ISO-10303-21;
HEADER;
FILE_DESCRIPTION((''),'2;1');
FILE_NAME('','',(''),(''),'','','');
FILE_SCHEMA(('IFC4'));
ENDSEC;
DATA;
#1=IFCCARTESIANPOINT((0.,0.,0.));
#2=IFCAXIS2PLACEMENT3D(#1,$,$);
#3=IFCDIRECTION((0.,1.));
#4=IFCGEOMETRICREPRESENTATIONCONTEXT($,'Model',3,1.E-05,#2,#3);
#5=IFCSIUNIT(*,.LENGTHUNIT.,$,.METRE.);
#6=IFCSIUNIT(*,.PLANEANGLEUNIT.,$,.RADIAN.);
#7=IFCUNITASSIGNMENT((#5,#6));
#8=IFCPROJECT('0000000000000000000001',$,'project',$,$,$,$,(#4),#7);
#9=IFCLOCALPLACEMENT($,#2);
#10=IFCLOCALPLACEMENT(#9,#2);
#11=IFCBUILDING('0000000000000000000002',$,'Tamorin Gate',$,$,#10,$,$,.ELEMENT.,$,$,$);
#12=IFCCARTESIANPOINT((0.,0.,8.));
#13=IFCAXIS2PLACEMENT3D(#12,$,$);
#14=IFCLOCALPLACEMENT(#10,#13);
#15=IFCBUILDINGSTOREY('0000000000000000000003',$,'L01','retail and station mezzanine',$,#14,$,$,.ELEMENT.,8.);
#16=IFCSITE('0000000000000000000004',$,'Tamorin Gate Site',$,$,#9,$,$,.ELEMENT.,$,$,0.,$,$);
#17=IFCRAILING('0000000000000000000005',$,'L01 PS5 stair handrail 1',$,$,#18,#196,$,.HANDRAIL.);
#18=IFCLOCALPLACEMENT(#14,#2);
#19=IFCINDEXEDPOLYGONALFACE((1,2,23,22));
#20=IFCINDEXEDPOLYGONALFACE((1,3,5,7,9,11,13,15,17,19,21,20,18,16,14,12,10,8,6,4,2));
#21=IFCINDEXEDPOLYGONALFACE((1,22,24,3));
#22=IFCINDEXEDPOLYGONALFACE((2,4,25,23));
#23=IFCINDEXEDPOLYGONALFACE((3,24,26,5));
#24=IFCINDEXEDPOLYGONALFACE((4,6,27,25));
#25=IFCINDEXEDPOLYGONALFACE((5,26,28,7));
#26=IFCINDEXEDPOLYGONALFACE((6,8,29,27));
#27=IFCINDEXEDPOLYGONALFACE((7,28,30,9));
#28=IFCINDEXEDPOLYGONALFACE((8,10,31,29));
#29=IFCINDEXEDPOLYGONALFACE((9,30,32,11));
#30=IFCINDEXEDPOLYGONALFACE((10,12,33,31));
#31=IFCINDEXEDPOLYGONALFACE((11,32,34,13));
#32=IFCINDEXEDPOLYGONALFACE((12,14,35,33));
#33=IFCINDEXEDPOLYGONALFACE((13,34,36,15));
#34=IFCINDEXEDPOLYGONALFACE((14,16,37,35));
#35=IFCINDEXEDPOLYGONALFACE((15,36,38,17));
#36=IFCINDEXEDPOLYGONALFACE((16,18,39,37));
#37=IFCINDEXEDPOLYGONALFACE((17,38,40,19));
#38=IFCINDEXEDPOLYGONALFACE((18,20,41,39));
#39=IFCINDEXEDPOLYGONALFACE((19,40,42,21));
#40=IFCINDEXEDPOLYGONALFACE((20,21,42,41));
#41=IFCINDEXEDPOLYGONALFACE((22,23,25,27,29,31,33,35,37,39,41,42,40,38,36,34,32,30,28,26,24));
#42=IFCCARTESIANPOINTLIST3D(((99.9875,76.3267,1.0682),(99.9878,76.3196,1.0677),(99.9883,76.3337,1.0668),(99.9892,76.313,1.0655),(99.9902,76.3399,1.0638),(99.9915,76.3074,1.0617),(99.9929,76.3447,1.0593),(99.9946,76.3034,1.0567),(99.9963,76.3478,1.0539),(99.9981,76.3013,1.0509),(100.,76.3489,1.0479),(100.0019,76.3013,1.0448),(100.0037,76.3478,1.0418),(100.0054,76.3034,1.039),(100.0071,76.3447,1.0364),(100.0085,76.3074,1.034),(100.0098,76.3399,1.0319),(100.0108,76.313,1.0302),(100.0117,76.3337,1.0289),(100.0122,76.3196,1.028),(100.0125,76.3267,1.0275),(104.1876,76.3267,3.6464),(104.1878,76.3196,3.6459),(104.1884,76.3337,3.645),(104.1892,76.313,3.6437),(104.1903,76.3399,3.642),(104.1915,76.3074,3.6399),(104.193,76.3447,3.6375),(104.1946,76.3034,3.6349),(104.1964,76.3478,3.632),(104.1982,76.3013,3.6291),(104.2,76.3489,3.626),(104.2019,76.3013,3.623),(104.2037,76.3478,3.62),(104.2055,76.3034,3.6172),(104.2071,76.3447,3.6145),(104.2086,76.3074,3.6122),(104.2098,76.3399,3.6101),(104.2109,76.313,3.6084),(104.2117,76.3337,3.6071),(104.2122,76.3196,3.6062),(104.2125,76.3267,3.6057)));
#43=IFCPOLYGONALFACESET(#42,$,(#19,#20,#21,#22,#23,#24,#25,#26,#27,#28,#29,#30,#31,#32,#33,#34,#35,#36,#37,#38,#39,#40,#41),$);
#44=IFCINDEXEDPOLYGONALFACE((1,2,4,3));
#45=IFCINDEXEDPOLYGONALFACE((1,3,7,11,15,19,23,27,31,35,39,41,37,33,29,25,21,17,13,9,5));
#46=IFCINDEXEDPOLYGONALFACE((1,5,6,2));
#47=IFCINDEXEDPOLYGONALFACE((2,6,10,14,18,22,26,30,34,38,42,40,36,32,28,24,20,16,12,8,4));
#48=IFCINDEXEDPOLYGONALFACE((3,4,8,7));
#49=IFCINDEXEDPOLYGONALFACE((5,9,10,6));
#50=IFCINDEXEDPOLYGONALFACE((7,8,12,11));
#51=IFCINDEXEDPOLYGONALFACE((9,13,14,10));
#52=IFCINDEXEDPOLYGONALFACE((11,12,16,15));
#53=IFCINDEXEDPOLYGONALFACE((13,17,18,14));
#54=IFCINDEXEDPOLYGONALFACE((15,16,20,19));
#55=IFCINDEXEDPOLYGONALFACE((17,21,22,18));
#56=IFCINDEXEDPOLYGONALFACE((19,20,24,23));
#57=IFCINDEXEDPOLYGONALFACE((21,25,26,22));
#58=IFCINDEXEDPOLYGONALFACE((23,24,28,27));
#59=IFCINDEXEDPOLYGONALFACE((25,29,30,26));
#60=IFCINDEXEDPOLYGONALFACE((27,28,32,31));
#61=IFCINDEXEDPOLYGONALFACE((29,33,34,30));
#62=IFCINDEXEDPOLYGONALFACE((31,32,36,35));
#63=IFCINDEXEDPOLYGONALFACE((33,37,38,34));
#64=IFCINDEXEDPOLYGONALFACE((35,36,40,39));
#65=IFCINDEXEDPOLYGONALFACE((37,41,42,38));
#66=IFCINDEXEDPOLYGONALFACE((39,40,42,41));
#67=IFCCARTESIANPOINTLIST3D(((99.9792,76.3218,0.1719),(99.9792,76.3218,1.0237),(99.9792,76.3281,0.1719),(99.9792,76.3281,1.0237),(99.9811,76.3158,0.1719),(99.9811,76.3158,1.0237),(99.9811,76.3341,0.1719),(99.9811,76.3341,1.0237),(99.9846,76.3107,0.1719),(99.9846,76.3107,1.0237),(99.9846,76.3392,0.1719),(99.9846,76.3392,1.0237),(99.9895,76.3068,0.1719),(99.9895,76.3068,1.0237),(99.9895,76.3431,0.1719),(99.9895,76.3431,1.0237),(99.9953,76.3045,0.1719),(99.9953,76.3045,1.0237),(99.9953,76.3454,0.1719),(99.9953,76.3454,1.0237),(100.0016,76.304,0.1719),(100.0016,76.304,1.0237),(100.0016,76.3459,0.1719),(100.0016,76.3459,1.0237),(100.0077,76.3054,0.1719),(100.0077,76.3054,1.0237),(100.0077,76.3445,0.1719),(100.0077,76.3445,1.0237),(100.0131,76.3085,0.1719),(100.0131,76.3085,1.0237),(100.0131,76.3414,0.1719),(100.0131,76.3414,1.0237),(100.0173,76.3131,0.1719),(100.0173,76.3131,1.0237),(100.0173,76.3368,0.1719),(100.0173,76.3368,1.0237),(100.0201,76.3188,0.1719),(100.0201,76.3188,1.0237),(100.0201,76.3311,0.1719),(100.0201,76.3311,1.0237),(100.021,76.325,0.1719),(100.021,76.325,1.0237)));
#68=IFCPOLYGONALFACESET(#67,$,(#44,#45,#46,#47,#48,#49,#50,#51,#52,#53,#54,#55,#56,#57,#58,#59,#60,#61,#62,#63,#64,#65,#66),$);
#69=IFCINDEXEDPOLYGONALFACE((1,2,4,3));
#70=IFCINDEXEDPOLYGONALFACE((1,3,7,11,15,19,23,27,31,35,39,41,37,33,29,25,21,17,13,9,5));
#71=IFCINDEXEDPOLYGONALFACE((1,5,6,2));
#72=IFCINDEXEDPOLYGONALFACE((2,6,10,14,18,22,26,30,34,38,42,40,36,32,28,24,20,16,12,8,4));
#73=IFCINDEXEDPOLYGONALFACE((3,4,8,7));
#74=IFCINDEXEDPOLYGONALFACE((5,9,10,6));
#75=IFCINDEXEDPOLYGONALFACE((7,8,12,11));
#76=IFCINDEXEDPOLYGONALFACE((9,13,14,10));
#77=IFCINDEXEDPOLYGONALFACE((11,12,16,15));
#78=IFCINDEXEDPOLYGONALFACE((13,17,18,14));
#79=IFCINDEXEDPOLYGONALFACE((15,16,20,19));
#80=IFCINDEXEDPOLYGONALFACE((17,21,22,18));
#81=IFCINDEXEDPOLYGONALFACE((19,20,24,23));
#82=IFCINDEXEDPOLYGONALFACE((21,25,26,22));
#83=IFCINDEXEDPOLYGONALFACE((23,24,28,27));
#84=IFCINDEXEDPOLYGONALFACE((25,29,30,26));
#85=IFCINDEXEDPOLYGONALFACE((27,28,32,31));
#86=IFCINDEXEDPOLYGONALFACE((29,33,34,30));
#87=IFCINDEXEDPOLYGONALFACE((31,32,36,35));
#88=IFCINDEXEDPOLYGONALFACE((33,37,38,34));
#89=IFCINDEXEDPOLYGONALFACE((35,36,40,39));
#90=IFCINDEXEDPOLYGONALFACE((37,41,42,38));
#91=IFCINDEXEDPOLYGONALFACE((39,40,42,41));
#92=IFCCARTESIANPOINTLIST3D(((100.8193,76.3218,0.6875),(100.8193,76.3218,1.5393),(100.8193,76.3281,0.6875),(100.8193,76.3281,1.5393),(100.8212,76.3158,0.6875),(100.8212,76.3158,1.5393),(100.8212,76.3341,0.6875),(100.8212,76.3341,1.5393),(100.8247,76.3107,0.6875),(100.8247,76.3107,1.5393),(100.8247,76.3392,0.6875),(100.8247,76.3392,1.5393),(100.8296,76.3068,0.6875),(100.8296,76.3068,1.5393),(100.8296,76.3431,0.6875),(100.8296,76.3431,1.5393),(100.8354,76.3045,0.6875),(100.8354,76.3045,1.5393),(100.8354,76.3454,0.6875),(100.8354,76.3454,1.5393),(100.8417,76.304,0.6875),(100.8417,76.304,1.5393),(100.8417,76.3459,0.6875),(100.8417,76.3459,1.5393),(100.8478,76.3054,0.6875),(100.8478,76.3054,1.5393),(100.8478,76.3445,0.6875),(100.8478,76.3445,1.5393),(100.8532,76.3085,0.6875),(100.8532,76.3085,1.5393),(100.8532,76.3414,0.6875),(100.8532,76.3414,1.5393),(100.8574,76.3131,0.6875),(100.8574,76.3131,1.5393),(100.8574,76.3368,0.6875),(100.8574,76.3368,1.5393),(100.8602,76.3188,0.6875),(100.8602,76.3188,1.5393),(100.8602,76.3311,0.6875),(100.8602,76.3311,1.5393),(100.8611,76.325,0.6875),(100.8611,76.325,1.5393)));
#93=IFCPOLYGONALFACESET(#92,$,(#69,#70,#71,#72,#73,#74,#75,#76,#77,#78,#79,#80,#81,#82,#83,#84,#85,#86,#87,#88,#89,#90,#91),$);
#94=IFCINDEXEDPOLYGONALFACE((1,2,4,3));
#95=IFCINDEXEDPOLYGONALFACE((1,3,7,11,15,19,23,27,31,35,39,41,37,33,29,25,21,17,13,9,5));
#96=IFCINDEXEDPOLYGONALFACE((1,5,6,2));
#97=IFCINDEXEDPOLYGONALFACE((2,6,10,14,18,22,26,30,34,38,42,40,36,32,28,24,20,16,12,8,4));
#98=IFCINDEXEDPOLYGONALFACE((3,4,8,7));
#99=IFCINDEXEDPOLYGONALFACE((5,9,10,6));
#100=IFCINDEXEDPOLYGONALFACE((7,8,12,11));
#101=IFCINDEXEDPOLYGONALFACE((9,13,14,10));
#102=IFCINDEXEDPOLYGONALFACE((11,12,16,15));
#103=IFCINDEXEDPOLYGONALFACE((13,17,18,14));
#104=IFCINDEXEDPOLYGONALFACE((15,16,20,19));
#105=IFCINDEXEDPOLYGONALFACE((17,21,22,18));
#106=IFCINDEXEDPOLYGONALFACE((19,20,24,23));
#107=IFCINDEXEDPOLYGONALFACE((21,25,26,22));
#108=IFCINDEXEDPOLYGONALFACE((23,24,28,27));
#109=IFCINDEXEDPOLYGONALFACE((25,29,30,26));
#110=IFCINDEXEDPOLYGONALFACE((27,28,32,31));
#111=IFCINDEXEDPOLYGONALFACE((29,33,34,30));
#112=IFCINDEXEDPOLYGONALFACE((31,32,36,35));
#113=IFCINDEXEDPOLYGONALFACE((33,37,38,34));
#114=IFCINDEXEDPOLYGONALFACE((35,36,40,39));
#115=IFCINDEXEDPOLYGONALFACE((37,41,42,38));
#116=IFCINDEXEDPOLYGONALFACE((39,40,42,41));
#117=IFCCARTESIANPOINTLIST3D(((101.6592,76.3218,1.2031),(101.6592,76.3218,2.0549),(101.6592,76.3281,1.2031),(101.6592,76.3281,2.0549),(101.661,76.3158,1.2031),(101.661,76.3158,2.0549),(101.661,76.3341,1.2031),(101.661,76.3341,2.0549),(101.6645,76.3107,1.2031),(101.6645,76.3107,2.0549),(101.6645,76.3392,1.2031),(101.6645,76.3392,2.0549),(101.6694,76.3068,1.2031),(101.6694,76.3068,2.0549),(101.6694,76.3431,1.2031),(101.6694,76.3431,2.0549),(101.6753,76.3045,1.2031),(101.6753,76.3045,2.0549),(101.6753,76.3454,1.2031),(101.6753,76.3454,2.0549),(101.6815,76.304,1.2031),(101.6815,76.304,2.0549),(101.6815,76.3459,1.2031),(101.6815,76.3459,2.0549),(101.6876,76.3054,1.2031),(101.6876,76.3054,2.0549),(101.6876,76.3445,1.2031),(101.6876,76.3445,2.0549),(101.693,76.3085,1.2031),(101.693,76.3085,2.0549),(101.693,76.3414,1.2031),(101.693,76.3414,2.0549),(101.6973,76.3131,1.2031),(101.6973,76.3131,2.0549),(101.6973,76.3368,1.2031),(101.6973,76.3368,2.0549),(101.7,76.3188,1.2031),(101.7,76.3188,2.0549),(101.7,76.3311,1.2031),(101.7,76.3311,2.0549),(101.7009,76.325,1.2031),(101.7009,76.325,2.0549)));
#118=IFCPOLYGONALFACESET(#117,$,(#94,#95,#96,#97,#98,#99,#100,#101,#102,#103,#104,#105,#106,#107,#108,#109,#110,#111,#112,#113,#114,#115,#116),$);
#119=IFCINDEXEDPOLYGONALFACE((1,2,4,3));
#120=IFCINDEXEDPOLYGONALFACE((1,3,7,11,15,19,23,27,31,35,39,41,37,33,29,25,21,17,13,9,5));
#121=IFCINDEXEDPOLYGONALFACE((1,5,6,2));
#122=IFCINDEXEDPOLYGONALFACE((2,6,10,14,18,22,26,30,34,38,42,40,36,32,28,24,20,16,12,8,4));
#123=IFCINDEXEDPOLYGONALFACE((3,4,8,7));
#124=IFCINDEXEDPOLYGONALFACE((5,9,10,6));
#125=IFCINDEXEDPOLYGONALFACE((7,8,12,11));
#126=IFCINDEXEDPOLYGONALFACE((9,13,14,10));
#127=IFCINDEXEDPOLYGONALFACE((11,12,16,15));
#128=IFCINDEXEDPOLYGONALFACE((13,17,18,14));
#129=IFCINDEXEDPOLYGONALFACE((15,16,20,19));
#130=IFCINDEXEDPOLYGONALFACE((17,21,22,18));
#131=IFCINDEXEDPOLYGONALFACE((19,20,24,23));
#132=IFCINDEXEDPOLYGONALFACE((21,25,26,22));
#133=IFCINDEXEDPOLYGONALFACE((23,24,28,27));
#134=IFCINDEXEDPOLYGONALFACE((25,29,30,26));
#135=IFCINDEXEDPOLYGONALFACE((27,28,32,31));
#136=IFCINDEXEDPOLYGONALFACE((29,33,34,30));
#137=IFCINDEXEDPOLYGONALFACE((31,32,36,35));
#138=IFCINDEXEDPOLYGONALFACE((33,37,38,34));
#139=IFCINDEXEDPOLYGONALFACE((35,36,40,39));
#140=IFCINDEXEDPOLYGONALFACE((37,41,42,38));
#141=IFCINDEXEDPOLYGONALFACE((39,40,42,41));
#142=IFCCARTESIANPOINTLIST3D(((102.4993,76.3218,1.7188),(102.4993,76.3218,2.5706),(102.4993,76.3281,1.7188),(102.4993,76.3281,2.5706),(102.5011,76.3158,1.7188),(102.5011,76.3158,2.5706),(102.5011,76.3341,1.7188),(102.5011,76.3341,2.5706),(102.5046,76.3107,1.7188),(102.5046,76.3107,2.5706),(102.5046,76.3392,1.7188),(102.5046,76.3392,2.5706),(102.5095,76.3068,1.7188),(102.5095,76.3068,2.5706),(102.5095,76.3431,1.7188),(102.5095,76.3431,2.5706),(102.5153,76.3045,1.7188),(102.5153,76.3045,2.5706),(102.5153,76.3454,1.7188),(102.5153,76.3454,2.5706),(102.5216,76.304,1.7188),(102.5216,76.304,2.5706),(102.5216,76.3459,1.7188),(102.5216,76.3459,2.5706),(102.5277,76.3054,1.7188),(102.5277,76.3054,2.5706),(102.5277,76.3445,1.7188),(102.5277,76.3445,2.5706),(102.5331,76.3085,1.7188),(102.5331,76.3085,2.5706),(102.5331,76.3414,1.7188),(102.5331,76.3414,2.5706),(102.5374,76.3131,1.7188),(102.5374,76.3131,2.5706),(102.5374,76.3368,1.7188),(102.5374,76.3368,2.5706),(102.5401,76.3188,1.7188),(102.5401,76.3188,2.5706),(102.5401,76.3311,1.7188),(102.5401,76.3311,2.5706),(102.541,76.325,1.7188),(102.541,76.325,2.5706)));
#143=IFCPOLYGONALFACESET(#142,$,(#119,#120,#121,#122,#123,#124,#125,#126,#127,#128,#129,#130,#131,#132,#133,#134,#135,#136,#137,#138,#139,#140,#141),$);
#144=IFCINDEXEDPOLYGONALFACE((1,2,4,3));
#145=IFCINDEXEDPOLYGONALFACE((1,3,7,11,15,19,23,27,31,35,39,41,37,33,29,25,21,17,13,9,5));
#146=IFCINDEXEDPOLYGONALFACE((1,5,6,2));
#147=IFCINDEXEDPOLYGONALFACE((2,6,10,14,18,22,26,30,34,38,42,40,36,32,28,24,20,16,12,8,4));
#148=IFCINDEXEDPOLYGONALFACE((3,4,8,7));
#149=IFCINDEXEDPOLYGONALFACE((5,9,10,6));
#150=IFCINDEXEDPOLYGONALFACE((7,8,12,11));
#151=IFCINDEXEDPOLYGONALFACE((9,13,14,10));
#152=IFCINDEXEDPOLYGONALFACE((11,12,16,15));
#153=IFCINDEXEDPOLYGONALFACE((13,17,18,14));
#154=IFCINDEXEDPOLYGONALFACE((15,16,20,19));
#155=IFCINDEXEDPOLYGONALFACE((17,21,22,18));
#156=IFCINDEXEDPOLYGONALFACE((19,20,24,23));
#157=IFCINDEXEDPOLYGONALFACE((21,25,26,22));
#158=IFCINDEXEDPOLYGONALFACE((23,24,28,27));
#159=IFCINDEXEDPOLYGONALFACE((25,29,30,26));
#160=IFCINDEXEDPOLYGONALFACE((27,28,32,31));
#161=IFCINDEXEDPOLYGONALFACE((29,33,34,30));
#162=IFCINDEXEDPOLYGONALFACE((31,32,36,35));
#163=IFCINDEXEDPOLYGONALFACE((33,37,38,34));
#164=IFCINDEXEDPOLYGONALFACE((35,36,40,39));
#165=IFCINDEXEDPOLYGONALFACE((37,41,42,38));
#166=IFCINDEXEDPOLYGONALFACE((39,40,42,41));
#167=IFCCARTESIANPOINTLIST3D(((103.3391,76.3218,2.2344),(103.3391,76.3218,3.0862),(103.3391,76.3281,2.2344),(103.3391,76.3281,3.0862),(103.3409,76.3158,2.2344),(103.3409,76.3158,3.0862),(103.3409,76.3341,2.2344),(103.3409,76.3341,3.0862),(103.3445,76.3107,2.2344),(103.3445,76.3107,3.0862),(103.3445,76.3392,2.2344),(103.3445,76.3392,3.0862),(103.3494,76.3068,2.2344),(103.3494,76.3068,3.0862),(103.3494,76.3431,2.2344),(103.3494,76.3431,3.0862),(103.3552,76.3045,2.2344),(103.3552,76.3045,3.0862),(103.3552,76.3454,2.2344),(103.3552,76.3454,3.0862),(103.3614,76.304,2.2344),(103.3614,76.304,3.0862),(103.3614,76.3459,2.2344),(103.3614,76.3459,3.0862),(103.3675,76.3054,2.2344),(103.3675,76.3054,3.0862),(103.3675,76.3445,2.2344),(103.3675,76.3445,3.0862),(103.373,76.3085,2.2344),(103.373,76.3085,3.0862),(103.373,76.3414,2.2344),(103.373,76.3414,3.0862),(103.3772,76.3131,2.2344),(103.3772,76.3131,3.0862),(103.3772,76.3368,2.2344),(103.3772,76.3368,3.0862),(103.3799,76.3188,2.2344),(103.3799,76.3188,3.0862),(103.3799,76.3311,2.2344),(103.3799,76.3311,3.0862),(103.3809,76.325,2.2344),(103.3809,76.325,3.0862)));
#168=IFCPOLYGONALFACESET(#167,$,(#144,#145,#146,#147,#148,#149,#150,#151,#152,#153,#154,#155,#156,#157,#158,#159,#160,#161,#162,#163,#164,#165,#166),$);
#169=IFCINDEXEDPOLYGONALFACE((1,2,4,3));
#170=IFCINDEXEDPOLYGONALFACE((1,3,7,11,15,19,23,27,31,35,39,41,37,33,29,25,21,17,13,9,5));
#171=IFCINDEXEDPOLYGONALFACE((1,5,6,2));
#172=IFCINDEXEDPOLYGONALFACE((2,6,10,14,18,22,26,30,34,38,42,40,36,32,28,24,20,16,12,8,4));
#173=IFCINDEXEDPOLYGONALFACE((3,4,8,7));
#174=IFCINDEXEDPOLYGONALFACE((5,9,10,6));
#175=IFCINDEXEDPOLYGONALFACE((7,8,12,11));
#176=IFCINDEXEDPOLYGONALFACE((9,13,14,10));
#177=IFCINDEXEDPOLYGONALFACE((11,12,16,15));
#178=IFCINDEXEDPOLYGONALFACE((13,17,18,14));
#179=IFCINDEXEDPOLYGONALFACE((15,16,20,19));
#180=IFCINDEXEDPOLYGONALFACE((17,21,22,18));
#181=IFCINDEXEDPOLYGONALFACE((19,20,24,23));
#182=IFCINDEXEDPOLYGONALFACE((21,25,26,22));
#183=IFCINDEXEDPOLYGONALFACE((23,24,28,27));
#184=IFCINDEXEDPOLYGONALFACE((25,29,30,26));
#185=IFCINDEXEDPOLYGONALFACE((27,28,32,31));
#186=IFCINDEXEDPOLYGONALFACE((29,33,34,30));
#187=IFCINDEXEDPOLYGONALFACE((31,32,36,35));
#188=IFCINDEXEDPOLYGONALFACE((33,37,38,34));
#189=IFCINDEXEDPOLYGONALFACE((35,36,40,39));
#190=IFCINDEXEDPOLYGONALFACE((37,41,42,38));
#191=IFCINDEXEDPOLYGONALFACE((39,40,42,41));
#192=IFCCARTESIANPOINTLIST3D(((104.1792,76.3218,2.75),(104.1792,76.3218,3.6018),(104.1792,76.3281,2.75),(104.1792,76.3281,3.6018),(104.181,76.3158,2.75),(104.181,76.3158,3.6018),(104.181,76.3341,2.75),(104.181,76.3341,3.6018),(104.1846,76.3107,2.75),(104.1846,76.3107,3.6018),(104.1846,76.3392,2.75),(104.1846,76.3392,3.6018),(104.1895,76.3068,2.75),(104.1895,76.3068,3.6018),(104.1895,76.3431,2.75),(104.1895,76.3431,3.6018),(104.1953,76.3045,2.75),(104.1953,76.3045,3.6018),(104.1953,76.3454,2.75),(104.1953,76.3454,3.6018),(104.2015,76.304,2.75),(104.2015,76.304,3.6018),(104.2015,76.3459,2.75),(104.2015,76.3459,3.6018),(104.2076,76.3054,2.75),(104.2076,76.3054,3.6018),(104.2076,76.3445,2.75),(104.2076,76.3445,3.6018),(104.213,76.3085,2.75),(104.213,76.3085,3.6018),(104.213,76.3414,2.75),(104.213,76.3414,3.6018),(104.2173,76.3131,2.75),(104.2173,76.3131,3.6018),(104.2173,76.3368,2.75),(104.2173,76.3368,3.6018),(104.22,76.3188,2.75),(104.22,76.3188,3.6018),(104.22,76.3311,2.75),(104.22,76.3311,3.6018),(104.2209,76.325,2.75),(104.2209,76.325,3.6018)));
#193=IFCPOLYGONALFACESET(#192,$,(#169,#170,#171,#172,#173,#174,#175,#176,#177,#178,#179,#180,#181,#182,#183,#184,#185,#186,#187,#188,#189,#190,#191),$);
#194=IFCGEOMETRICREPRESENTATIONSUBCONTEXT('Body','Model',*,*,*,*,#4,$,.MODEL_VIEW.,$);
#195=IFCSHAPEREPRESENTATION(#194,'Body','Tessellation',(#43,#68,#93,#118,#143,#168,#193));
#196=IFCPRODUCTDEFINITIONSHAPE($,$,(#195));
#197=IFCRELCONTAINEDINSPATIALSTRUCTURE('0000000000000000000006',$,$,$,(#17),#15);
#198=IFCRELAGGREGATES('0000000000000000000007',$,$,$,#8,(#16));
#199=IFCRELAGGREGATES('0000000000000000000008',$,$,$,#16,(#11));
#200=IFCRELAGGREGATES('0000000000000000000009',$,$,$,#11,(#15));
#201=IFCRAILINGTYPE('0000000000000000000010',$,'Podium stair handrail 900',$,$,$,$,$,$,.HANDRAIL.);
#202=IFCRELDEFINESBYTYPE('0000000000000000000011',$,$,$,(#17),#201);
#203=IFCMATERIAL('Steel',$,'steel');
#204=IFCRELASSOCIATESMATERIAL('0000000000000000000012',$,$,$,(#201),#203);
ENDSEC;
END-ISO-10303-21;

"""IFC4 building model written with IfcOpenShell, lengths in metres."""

from ifc_helpers import new_model, si_unit, direction, frame, origin, origin_2d, place, context, subcontext, project, spatial, circle, extrude, material, type_object, element, save


model = new_model("IFC4")

# Units and contexts
model_context = context("Model", 3, precision=1e-05, world=origin(), true_north=direction((0.0, 1.0)))
body_context = subcontext(model_context, "Body", "Model", "MODEL_VIEW")
ifc_project = project(units=[si_unit("LENGTHUNIT", "METRE"), si_unit("PLANEANGLEUNIT", "RADIAN")], contexts=[model_context])

# Site, building, storey
site_placement = place(None, origin())
site = spatial("IfcSite", under=ifc_project, at=site_placement, Name="Tamorin Gate Site", CompositionType="ELEMENT", RefElevation=0.0)
building_placement = place(site_placement, origin())
building = spatial("IfcBuilding", under=site, at=building_placement, Name="Tamorin Gate", CompositionType="ELEMENT")
storey_placement = place(building_placement, frame((0.0, 0.0, 8.0)))
storey = spatial("IfcBuildingStorey", under=building, at=storey_placement, Name="L01", Description="retail and station mezzanine", CompositionType="ELEMENT", Elevation=8.0)

# Railing
ifc_material_1 = material(Name="Steel", Category="steel")
railing_type_1 = type_object("IfcRailingType", Name="Podium stair handrail 900", PredefinedType="HANDRAIL", material=ifc_material_1)
railing_1_placement = place(storey_placement, frame((100.0, 76.325, 0.1719)))
element("IfcRailing", 1, at=railing_1_placement, inside=storey, type_object=railing_type_1, Name="L01 PS5 stair handrail 1", PredefinedType="HANDRAIL", context=body_context, shape_type="SweptSolid", body=[
    extrude(circle(Radius=0.0239, at=origin_2d()), frame((0.0, 0.0, 0.876), z_axis=(0.852243, 0.0, 0.523146), x_axis=(0.0, 1.0, 0.0)), (0.0, 0.0, 1.0), 4.9282),
    extrude(circle(Radius=0.021, at=origin_2d()), origin(), (0.0, 0.0, 1.0), 0.8518),
    extrude(circle(Radius=0.021, at=origin_2d()), frame((0.8401, 0.0, 0.5156)), (0.0, 0.0, 1.0), 0.8518),
    extrude(circle(Radius=0.021, at=origin_2d()), frame((1.6799, 0.0, 1.0312)), (0.0, 0.0, 1.0), 0.8518),
    extrude(circle(Radius=0.021, at=origin_2d()), frame((2.52, 0.0, 1.5469)), (0.0, 0.0, 1.0), 0.8518),
    extrude(circle(Radius=0.021, at=origin_2d()), frame((3.3599, 0.0, 2.0625)), (0.0, 0.0, 1.0), 0.8518),
    extrude(circle(Radius=0.021, at=origin_2d()), frame((4.2, 0.0, 2.5781)), (0.0, 0.0, 1.0), 0.8518),
])

save(model, "model.ifc")
